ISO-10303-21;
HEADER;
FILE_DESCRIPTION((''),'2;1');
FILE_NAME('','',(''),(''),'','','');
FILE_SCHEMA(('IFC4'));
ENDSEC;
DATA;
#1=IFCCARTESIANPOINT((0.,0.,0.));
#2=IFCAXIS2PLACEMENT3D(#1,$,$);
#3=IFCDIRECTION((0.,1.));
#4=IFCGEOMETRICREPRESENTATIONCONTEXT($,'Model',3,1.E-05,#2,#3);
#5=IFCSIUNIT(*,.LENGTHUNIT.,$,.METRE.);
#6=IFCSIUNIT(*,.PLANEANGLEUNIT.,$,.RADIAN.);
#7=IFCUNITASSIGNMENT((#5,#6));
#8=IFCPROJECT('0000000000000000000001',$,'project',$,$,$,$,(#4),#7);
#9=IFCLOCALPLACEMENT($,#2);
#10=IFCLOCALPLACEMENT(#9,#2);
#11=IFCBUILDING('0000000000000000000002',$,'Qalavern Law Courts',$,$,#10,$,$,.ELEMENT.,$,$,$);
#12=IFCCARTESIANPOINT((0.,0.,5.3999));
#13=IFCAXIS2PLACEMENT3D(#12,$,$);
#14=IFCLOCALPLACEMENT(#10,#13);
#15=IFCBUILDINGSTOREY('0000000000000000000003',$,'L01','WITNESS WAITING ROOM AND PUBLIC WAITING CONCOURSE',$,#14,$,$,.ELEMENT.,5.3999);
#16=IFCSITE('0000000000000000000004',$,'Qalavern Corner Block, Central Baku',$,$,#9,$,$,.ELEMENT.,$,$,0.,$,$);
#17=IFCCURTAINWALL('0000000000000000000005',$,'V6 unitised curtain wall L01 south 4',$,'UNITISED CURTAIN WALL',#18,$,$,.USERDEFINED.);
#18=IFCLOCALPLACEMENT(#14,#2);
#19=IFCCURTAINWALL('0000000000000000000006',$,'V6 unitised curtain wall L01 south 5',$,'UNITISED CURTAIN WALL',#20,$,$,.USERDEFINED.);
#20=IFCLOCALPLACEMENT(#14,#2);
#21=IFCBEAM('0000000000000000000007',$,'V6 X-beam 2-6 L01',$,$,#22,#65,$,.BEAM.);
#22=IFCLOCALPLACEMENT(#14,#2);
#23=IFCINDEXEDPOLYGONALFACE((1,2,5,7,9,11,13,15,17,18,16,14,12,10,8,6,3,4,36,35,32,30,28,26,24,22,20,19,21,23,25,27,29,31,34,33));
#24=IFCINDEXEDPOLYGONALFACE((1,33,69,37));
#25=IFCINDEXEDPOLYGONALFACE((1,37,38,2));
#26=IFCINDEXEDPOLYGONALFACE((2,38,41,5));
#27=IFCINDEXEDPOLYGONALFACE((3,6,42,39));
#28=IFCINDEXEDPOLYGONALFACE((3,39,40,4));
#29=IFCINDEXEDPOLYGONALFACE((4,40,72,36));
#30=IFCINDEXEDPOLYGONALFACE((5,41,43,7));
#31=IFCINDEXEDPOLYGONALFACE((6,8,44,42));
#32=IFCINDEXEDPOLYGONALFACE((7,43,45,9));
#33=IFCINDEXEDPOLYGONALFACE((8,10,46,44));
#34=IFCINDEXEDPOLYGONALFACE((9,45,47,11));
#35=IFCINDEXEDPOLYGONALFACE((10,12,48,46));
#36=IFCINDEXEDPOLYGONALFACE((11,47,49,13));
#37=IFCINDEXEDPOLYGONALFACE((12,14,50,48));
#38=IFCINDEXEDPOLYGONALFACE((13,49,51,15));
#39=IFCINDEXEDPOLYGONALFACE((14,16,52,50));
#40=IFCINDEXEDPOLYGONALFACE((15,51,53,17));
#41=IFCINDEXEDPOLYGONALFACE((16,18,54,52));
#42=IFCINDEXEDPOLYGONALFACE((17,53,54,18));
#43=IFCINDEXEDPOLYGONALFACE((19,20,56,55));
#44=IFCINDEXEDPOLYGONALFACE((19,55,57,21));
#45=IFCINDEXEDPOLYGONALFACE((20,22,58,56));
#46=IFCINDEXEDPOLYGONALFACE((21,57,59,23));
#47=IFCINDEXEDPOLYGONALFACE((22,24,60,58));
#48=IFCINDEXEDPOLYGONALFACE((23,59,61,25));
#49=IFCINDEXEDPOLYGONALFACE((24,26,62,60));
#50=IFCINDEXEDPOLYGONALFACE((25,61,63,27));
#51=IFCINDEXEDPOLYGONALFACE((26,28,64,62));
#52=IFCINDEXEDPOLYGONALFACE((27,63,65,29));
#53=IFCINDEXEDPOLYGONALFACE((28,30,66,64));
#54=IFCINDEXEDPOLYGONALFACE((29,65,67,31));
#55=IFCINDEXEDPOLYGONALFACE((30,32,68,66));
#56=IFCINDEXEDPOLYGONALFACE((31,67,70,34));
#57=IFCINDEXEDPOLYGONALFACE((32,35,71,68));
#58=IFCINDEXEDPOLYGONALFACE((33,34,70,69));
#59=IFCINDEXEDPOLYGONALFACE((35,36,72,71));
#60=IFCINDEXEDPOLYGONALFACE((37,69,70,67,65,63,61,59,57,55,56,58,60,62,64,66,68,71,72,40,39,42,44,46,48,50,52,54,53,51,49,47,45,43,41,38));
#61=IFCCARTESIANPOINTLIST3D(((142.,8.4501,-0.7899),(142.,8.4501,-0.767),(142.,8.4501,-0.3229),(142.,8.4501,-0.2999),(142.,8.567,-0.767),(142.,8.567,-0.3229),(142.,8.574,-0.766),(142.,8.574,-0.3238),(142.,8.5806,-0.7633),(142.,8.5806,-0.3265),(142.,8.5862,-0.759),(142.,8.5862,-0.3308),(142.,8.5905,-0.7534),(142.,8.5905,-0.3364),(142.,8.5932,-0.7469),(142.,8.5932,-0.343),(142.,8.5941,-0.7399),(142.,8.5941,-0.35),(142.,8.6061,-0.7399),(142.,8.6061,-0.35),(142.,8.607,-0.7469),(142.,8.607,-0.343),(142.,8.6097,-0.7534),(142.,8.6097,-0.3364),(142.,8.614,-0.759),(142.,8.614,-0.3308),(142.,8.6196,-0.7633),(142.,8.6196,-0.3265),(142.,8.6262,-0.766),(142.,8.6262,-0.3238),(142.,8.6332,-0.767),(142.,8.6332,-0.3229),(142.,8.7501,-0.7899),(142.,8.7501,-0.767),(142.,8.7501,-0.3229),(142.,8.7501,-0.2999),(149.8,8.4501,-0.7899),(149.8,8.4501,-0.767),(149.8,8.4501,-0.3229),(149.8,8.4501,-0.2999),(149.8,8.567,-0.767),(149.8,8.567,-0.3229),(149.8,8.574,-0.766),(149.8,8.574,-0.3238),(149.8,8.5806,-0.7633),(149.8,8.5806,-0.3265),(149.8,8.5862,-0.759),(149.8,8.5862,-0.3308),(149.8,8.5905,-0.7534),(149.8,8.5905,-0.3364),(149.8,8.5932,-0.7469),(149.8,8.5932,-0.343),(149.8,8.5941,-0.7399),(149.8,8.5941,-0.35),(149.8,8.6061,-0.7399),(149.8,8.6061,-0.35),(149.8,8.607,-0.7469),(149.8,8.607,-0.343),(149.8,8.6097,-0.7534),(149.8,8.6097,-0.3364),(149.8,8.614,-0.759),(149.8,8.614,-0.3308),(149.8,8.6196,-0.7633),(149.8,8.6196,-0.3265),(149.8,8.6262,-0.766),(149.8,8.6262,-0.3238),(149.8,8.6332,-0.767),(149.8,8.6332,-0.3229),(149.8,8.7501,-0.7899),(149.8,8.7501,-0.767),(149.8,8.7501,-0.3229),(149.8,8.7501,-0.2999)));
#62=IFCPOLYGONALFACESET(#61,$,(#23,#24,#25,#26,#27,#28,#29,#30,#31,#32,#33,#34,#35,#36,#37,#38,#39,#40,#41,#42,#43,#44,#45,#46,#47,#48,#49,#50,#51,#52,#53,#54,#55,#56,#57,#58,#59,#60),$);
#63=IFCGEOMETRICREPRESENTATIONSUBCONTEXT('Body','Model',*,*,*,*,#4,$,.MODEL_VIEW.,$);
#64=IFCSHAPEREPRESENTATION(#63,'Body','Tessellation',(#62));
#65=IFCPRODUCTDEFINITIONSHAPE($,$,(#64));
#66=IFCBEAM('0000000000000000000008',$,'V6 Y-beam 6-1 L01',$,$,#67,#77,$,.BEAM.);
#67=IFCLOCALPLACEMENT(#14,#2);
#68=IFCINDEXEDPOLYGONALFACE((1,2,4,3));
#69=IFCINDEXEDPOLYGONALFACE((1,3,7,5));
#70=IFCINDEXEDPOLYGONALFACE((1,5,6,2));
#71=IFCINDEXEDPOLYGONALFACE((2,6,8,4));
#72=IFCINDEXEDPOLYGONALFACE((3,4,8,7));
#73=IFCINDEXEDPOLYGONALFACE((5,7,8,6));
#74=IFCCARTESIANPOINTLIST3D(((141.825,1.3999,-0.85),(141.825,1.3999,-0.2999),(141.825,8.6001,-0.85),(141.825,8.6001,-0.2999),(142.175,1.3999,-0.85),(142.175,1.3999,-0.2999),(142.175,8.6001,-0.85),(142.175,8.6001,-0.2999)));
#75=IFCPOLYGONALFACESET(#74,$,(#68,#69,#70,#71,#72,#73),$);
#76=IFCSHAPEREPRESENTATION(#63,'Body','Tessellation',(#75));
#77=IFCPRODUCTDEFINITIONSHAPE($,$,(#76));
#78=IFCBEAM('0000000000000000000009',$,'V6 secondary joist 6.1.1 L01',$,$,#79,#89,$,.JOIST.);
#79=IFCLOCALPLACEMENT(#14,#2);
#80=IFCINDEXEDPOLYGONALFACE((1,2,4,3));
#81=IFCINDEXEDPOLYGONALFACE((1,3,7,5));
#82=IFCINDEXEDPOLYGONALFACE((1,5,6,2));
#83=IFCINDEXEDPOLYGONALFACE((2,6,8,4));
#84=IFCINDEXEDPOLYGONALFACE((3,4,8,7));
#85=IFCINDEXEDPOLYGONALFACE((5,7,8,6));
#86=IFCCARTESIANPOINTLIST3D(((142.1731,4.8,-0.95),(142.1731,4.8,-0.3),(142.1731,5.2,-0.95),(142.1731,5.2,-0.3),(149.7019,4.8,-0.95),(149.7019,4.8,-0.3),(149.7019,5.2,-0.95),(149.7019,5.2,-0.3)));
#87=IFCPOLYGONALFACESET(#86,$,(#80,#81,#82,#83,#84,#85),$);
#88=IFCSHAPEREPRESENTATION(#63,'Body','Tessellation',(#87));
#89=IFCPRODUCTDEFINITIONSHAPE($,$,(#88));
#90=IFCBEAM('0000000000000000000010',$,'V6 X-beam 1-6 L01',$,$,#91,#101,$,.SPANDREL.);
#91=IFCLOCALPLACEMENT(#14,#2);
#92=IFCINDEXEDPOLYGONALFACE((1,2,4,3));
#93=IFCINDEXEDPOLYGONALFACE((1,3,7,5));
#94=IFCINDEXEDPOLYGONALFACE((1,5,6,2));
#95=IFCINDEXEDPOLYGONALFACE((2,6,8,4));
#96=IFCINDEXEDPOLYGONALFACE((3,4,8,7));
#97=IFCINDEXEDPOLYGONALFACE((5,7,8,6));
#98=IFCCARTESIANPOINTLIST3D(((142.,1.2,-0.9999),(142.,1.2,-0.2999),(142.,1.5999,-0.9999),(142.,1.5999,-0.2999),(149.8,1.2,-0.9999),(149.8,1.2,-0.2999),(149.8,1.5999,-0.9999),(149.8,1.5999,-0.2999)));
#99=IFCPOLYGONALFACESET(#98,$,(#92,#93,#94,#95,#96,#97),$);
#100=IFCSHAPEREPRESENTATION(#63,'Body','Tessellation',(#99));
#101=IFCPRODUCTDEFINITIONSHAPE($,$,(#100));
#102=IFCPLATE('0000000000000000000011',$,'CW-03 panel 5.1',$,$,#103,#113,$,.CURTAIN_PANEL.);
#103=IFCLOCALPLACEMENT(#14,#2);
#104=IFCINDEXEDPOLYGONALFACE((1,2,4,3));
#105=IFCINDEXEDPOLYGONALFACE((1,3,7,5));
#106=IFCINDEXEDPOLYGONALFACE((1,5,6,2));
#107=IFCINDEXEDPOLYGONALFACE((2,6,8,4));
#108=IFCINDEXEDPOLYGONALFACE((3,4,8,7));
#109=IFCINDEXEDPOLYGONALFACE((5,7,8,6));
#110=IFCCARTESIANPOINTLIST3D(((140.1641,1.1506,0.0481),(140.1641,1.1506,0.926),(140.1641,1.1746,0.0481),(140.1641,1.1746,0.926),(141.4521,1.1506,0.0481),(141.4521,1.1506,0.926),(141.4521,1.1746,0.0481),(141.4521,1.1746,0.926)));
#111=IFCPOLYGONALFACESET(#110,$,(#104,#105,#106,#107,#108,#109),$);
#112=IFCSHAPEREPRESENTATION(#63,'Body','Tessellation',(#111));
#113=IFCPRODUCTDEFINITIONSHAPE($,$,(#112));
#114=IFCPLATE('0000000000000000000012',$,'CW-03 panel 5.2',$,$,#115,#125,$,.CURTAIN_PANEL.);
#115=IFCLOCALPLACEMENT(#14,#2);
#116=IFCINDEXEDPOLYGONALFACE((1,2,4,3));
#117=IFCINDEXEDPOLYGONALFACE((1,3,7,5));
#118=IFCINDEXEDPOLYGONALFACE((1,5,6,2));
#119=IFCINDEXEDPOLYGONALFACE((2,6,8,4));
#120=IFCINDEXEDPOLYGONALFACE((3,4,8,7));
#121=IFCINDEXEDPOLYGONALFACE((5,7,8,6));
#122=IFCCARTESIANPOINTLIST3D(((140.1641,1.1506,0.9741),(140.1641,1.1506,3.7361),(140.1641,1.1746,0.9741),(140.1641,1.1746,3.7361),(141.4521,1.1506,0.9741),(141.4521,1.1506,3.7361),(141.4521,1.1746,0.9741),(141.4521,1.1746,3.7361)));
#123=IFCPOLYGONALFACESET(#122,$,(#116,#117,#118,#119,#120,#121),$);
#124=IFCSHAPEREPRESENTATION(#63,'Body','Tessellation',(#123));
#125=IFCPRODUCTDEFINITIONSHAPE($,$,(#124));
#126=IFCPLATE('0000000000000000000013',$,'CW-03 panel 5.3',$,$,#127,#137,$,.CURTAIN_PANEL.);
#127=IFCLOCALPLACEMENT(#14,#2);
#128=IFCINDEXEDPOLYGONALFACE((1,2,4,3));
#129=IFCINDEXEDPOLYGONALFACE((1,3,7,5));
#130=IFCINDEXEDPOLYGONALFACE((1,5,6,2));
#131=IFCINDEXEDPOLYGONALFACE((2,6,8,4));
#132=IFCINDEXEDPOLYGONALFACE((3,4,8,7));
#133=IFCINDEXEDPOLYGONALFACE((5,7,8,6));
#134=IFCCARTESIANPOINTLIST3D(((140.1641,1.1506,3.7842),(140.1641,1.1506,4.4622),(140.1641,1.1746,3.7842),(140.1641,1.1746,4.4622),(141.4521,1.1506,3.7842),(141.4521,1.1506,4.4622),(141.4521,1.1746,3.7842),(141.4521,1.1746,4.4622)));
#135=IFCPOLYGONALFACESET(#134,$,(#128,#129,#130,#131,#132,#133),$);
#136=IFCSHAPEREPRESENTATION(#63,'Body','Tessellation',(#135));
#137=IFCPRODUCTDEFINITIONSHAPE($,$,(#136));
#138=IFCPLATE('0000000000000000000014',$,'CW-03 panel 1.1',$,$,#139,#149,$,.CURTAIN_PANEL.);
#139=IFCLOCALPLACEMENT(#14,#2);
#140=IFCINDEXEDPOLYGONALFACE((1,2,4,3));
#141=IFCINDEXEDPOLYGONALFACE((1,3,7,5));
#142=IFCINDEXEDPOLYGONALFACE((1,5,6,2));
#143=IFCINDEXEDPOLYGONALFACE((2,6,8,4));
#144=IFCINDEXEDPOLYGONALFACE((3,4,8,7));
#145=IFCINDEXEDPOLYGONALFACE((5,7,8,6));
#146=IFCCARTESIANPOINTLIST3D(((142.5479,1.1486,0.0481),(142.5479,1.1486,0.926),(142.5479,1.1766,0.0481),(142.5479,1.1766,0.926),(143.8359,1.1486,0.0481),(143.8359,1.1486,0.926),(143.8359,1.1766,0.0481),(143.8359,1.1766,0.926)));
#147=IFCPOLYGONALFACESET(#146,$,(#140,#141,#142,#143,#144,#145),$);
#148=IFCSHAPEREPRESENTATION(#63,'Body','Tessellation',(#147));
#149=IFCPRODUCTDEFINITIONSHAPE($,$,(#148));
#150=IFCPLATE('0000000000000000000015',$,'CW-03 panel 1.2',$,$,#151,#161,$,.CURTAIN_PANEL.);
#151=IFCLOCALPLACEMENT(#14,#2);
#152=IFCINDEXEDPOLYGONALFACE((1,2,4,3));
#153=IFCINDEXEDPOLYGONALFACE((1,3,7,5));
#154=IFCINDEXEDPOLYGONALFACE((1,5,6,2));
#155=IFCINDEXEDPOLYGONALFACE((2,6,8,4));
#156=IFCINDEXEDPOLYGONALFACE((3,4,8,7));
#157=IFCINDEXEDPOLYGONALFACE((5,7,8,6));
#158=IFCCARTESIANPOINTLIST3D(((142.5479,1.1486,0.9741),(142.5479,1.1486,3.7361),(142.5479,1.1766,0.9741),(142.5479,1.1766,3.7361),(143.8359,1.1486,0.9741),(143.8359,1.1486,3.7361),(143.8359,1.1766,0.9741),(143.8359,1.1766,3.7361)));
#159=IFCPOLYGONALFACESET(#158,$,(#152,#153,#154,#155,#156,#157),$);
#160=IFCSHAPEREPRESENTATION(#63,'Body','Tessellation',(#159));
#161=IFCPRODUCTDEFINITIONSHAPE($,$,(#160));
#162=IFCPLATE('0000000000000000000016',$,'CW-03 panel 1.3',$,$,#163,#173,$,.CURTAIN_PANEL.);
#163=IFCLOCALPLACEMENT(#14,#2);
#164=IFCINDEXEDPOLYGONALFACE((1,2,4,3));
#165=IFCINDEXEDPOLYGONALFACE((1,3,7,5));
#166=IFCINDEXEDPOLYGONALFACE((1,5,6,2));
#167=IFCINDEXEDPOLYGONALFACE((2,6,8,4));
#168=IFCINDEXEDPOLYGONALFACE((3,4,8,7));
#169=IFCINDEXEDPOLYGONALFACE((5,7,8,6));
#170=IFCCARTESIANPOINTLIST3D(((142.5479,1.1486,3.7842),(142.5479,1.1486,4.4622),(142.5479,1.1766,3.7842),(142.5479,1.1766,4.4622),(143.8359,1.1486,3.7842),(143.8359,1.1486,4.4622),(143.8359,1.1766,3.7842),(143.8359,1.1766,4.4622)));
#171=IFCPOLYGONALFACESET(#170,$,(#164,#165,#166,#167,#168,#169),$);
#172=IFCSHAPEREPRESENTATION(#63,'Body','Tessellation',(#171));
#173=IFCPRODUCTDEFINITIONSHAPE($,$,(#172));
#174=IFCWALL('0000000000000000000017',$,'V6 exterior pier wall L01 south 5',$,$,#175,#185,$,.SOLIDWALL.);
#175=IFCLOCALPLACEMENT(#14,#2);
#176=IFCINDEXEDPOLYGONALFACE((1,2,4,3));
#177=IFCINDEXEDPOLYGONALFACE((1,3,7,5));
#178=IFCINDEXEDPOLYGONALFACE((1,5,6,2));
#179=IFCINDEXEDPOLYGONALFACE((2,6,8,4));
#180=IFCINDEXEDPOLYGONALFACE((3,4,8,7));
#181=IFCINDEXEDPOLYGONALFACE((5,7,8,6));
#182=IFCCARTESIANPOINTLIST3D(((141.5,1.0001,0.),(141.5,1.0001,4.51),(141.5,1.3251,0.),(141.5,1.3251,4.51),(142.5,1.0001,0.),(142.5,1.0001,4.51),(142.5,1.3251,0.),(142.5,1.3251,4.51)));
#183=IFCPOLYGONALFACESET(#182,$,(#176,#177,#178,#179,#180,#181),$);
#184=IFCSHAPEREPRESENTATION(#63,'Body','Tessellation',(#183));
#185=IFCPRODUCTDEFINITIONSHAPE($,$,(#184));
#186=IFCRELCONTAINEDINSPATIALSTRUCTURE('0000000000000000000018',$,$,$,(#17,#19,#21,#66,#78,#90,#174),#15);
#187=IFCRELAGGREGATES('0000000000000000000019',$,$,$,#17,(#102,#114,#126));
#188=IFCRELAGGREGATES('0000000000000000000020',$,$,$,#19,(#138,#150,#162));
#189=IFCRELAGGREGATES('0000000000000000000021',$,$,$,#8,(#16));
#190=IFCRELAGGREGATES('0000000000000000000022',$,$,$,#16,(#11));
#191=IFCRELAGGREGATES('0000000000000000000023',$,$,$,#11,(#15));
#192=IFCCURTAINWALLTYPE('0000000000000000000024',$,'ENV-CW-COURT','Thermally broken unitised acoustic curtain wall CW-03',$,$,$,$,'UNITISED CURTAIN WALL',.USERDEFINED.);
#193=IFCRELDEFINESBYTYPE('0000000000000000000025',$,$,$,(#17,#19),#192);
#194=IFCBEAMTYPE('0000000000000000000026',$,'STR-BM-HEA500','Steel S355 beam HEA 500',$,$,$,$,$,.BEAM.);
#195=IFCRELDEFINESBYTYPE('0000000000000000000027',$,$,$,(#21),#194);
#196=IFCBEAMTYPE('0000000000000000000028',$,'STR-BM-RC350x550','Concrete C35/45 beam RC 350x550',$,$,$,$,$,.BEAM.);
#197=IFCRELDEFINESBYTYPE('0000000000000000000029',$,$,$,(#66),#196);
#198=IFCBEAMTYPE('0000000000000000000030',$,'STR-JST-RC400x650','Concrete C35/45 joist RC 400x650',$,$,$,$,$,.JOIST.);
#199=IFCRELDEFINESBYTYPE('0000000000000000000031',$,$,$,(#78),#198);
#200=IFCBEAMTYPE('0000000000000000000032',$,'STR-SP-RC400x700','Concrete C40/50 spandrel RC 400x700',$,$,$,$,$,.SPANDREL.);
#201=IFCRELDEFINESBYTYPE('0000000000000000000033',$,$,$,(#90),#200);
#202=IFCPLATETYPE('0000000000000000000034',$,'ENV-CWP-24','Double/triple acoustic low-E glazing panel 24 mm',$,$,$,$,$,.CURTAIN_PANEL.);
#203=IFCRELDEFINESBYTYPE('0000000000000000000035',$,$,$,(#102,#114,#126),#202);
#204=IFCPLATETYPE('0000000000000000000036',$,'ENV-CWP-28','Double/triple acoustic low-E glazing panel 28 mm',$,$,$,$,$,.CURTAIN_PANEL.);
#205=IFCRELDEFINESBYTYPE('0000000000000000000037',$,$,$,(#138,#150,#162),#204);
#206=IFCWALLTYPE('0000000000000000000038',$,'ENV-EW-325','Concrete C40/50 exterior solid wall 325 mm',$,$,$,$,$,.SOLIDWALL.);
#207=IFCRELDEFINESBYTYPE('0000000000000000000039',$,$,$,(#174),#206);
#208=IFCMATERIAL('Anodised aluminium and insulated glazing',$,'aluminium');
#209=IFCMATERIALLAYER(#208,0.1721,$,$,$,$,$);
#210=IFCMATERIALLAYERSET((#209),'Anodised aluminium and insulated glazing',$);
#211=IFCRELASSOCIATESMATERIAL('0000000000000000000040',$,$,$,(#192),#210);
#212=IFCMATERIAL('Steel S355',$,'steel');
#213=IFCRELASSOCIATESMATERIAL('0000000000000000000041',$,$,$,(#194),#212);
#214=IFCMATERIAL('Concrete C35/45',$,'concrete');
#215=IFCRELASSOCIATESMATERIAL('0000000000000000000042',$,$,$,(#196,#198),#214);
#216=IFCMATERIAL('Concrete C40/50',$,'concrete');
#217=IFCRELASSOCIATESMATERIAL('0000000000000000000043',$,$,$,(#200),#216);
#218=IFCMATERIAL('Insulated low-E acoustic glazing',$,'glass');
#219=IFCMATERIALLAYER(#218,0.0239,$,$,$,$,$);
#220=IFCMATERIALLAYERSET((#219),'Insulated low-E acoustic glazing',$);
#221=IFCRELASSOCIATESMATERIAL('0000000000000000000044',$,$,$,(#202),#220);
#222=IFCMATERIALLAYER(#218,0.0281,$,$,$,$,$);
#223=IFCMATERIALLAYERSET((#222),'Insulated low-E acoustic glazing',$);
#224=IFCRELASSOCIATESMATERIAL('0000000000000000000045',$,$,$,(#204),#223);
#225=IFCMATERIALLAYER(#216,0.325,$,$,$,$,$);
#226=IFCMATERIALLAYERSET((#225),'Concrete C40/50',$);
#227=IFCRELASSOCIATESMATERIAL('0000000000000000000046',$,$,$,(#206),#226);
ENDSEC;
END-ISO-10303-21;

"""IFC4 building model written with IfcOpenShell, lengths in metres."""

from ifc_helpers import new_model, si_unit, direction, frame, frame_2d, origin, origin_2d, place, context, subcontext, project, spatial, rectangle, i_section, extrude, material, layer, layer_set, material_profile, profile_set, type_object, element, aggregate, save


model = new_model("IFC4")

# Units and contexts
model_context = context("Model", 3, precision=1e-05, world=origin(), true_north=direction((0.0, 1.0)))
body_context = subcontext(model_context, "Body", "Model", "MODEL_VIEW")
ifc_project = project(units=[si_unit("LENGTHUNIT", "METRE"), si_unit("PLANEANGLEUNIT", "RADIAN")], contexts=[model_context])

# Site, building, storey
site_placement = place(None, origin())
site = spatial("IfcSite", under=ifc_project, at=site_placement, Name="Qalavern Corner Block, Central Baku", CompositionType="ELEMENT", RefElevation=0.0)
building_placement = place(site_placement, origin())
building = spatial("IfcBuilding", under=site, at=building_placement, Name="Qalavern Law Courts", CompositionType="ELEMENT")
storey_placement = place(building_placement, frame((0.0, 0.0, 5.3999)))
storey = spatial("IfcBuildingStorey", under=building, at=storey_placement, Name="L01", Description="WITNESS WAITING ROOM AND PUBLIC WAITING CONCOURSE", CompositionType="ELEMENT", Elevation=5.3999)

# Curtain wall
ifc_material_1 = material(Name="Anodised aluminium and insulated glazing", Category="aluminium")
ifc_layer_1 = layer(ifc_material_1, 0.1721)
ifc_layer_set_1 = layer_set([ifc_layer_1], Name="Anodised aluminium and insulated glazing")
curtain_wall_type = type_object("IfcCurtainWallType", Name="ENV-CW-COURT", Description="Thermally broken unitised acoustic curtain wall CW-03", ElementType="UNITISED CURTAIN WALL", PredefinedType="USERDEFINED", material=ifc_layer_set_1)
curtain_wall_1_placement = place(storey_placement, origin())
curtain_wall_1 = element("IfcCurtainWall", 1, at=curtain_wall_1_placement, inside=storey, type_object=curtain_wall_type, Name="V6 unitised curtain wall L01 south 4", ObjectType="UNITISED CURTAIN WALL", PredefinedType="USERDEFINED")

# Curtain wall
curtain_wall_2_placement = place(storey_placement, origin())
curtain_wall_2 = element("IfcCurtainWall", 2, at=curtain_wall_2_placement, inside=storey, type_object=curtain_wall_type, Name="V6 unitised curtain wall L01 south 5", ObjectType="UNITISED CURTAIN WALL", PredefinedType="USERDEFINED")

# Beams
ifc_material_2 = material(Name="Steel S355", Category="steel")
ifc_material_profile_1 = material_profile(ifc_material_2, i_section(OverallWidth=0.3, OverallDepth=0.49, WebThickness=0.012, FlangeThickness=0.0229, FilletRadius=0.0271, at=origin_2d()), Name="HEA 500")
ifc_profile_set_1 = profile_set([ifc_material_profile_1], Name="Steel S355")
beam_type_1 = type_object("IfcBeamType", Name="STR-BM-HEA500", Description="Steel S355 beam HEA 500", PredefinedType="BEAM", material=ifc_profile_set_1)
beam_1_placement = place(storey_placement, frame((142.0, 8.6001, -0.5449), z_axis=(1.0, 0.0, 0.0), x_axis=(0.0, 1.0, 0.0)))
element("IfcBeam", 3, at=beam_1_placement, inside=storey, type_object=beam_type_1, Name="V6 X-beam 2-6 L01", PredefinedType="BEAM", context=body_context, shape_type="SweptSolid", body=[
    extrude(i_section(OverallWidth=0.3, OverallDepth=0.49, WebThickness=0.012, FlangeThickness=0.0229, FilletRadius=0.0271, at=origin_2d()), origin(), (0.0, 0.0, 1.0), 7.8),
])
ifc_material_3 = material(Name="Concrete C35/45", Category="concrete")
ifc_material_profile_2 = material_profile(ifc_material_3, rectangle(XDim=0.3501, YDim=0.55, at=origin_2d()), Name="RC 350x550")
ifc_profile_set_2 = profile_set([ifc_material_profile_2], Name="Concrete C35/45")
beam_type_2 = type_object("IfcBeamType", Name="STR-BM-RC350x550", Description="Concrete C35/45 beam RC 350x550", PredefinedType="BEAM", material=ifc_profile_set_2)
beam_2_placement = place(storey_placement, frame((142.0, 1.3999, -0.575), z_axis=(0.0, 1.0, 0.0), x_axis=(-1.0, 0.0, 0.0)))
element("IfcBeam", 4, at=beam_2_placement, inside=storey, type_object=beam_type_2, Name="V6 Y-beam 6-1 L01", PredefinedType="BEAM", context=body_context, shape_type="SweptSolid", body=[
    extrude(rectangle(XDim=0.3501, YDim=0.55, at=origin_2d()), origin(), (0.0, 0.0, 1.0), 7.2002),
])
ifc_material_profile_3 = material_profile(ifc_material_3, rectangle(XDim=0.3999, YDim=0.6499, at=origin_2d()), Name="RC 400x650")
ifc_profile_set_3 = profile_set([ifc_material_profile_3], Name="Concrete C35/45")
beam_type_3 = type_object("IfcBeamType", Name="STR-JST-RC400x650", Description="Concrete C35/45 joist RC 400x650", PredefinedType="JOIST", material=ifc_profile_set_3)
beam_3_placement = place(storey_placement, frame((142.1731, 5.0, -0.625), z_axis=(1.0, 0.0, 0.0), x_axis=(0.0, 1.0, 0.0)))
element("IfcBeam", 5, at=beam_3_placement, inside=storey, type_object=beam_type_3, Name="V6 secondary joist 6.1.1 L01", PredefinedType="JOIST", context=body_context, shape_type="SweptSolid", body=[
    extrude(rectangle(XDim=0.3999, YDim=0.6499, at=origin_2d()), origin(), (0.0, 0.0, 1.0), 7.5288),
])
ifc_material_4 = material(Name="Concrete C40/50", Category="concrete")
ifc_material_profile_4 = material_profile(ifc_material_4, rectangle(XDim=0.3999, YDim=0.7, at=origin_2d()), Name="RC 400x700")
ifc_profile_set_4 = profile_set([ifc_material_profile_4], Name="Concrete C40/50")
beam_type_4 = type_object("IfcBeamType", Name="STR-SP-RC400x700", Description="Concrete C40/50 spandrel RC 400x700", PredefinedType="SPANDREL", material=ifc_profile_set_4)
beam_4_placement = place(storey_placement, frame((142.0, 1.3999, -0.6499), z_axis=(1.0, 0.0, 0.0), x_axis=(0.0, 1.0, 0.0)))
element("IfcBeam", 6, at=beam_4_placement, inside=storey, type_object=beam_type_4, Name="V6 X-beam 1-6 L01", PredefinedType="SPANDREL", context=body_context, shape_type="SweptSolid", body=[
    extrude(rectangle(XDim=0.3999, YDim=0.7, at=origin_2d()), origin(), (0.0, 0.0, 1.0), 7.8),
])

# Plates
ifc_material_5 = material(Name="Insulated low-E acoustic glazing", Category="glass")
ifc_layer_2 = layer(ifc_material_5, 0.0239)
ifc_layer_set_2 = layer_set([ifc_layer_2], Name="Insulated low-E acoustic glazing")
plate_type_1 = type_object("IfcPlateType", Name="ENV-CWP-24", Description="Double/triple acoustic low-E glazing panel 24 mm", PredefinedType="CURTAIN_PANEL", material=ifc_layer_set_2)
plate_1_placement = place(storey_placement, frame((140.8081, 1.1626, 0.0481), z_axis=(0.0, 0.0, 1.0), x_axis=(1.0, 0.0, 0.0)))
plate_1 = element("IfcPlate", 7, at=plate_1_placement, type_object=plate_type_1, Name="CW-03 panel 5.1", PredefinedType="CURTAIN_PANEL", context=body_context, shape_type="SweptSolid", body=[
    extrude(rectangle(XDim=1.2881, YDim=0.0239, at=origin_2d()), origin(), (0.0, 0.0, 1.0), 0.8779),
])
plate_2_placement = place(storey_placement, frame((140.8081, 1.1626, 0.9741), z_axis=(0.0, 0.0, 1.0), x_axis=(1.0, 0.0, 0.0)))
plate_2 = element("IfcPlate", 8, at=plate_2_placement, type_object=plate_type_1, Name="CW-03 panel 5.2", PredefinedType="CURTAIN_PANEL", context=body_context, shape_type="SweptSolid", body=[
    extrude(rectangle(XDim=1.2881, YDim=0.0239, at=origin_2d()), origin(), (0.0, 0.0, 1.0), 2.762),
])
plate_3_placement = place(storey_placement, frame((140.8081, 1.1626, 3.7842), z_axis=(0.0, 0.0, 1.0), x_axis=(1.0, 0.0, 0.0)))
plate_3 = element("IfcPlate", 9, at=plate_3_placement, type_object=plate_type_1, Name="CW-03 panel 5.3", PredefinedType="CURTAIN_PANEL", context=body_context, shape_type="SweptSolid", body=[
    extrude(rectangle(XDim=1.2881, YDim=0.0239, at=origin_2d()), origin(), (0.0, 0.0, 1.0), 0.678),
])
aggregate(curtain_wall_1, [plate_1, plate_2, plate_3])
ifc_layer_3 = layer(ifc_material_5, 0.0281)
ifc_layer_set_3 = layer_set([ifc_layer_3], Name="Insulated low-E acoustic glazing")
plate_type_2 = type_object("IfcPlateType", Name="ENV-CWP-28", Description="Double/triple acoustic low-E glazing panel 28 mm", PredefinedType="CURTAIN_PANEL", material=ifc_layer_set_3)
plate_4_placement = place(storey_placement, frame((143.1919, 1.1626, 0.0481), z_axis=(0.0, 0.0, 1.0), x_axis=(1.0, 0.0, 0.0)))
plate_4 = element("IfcPlate", 10, at=plate_4_placement, type_object=plate_type_2, Name="CW-03 panel 1.1", PredefinedType="CURTAIN_PANEL", context=body_context, shape_type="SweptSolid", body=[
    extrude(rectangle(XDim=1.2881, YDim=0.0281, at=origin_2d()), origin(), (0.0, 0.0, 1.0), 0.8779),
])
plate_5_placement = place(storey_placement, frame((143.1919, 1.1626, 0.9741), z_axis=(0.0, 0.0, 1.0), x_axis=(1.0, 0.0, 0.0)))
plate_5 = element("IfcPlate", 11, at=plate_5_placement, type_object=plate_type_2, Name="CW-03 panel 1.2", PredefinedType="CURTAIN_PANEL", context=body_context, shape_type="SweptSolid", body=[
    extrude(rectangle(XDim=1.2881, YDim=0.0281, at=origin_2d()), origin(), (0.0, 0.0, 1.0), 2.762),
])
plate_6_placement = place(storey_placement, frame((143.1919, 1.1626, 3.7842), z_axis=(0.0, 0.0, 1.0), x_axis=(1.0, 0.0, 0.0)))
plate_6 = element("IfcPlate", 12, at=plate_6_placement, type_object=plate_type_2, Name="CW-03 panel 1.3", PredefinedType="CURTAIN_PANEL", context=body_context, shape_type="SweptSolid", body=[
    extrude(rectangle(XDim=1.2881, YDim=0.0281, at=origin_2d()), origin(), (0.0, 0.0, 1.0), 0.678),
])
aggregate(curtain_wall_2, [plate_4, plate_5, plate_6])

# Wall
ifc_layer_4 = layer(ifc_material_4, 0.325)
ifc_layer_set_4 = layer_set([ifc_layer_4], Name="Concrete C40/50")
wall_type_1 = type_object("IfcWallType", Name="ENV-EW-325", Description="Concrete C40/50 exterior solid wall 325 mm", PredefinedType="SOLIDWALL", material=ifc_layer_set_4)
wall_1_placement = place(storey_placement, frame((141.5, 1.1626, 0.0), z_axis=(0.0, 0.0, 1.0), x_axis=(1.0, 0.0, 0.0)))
element("IfcWall", 13, at=wall_1_placement, inside=storey, type_object=wall_type_1, Name="V6 exterior pier wall L01 south 5", PredefinedType="SOLIDWALL", context=body_context, shape_type="SweptSolid", body=[
    extrude(rectangle(XDim=1.0, YDim=0.325, at=frame_2d((0.5, 0.0))), origin(), (0.0, 0.0, 1.0), 4.51),
])

save(model, "model.ifc")
